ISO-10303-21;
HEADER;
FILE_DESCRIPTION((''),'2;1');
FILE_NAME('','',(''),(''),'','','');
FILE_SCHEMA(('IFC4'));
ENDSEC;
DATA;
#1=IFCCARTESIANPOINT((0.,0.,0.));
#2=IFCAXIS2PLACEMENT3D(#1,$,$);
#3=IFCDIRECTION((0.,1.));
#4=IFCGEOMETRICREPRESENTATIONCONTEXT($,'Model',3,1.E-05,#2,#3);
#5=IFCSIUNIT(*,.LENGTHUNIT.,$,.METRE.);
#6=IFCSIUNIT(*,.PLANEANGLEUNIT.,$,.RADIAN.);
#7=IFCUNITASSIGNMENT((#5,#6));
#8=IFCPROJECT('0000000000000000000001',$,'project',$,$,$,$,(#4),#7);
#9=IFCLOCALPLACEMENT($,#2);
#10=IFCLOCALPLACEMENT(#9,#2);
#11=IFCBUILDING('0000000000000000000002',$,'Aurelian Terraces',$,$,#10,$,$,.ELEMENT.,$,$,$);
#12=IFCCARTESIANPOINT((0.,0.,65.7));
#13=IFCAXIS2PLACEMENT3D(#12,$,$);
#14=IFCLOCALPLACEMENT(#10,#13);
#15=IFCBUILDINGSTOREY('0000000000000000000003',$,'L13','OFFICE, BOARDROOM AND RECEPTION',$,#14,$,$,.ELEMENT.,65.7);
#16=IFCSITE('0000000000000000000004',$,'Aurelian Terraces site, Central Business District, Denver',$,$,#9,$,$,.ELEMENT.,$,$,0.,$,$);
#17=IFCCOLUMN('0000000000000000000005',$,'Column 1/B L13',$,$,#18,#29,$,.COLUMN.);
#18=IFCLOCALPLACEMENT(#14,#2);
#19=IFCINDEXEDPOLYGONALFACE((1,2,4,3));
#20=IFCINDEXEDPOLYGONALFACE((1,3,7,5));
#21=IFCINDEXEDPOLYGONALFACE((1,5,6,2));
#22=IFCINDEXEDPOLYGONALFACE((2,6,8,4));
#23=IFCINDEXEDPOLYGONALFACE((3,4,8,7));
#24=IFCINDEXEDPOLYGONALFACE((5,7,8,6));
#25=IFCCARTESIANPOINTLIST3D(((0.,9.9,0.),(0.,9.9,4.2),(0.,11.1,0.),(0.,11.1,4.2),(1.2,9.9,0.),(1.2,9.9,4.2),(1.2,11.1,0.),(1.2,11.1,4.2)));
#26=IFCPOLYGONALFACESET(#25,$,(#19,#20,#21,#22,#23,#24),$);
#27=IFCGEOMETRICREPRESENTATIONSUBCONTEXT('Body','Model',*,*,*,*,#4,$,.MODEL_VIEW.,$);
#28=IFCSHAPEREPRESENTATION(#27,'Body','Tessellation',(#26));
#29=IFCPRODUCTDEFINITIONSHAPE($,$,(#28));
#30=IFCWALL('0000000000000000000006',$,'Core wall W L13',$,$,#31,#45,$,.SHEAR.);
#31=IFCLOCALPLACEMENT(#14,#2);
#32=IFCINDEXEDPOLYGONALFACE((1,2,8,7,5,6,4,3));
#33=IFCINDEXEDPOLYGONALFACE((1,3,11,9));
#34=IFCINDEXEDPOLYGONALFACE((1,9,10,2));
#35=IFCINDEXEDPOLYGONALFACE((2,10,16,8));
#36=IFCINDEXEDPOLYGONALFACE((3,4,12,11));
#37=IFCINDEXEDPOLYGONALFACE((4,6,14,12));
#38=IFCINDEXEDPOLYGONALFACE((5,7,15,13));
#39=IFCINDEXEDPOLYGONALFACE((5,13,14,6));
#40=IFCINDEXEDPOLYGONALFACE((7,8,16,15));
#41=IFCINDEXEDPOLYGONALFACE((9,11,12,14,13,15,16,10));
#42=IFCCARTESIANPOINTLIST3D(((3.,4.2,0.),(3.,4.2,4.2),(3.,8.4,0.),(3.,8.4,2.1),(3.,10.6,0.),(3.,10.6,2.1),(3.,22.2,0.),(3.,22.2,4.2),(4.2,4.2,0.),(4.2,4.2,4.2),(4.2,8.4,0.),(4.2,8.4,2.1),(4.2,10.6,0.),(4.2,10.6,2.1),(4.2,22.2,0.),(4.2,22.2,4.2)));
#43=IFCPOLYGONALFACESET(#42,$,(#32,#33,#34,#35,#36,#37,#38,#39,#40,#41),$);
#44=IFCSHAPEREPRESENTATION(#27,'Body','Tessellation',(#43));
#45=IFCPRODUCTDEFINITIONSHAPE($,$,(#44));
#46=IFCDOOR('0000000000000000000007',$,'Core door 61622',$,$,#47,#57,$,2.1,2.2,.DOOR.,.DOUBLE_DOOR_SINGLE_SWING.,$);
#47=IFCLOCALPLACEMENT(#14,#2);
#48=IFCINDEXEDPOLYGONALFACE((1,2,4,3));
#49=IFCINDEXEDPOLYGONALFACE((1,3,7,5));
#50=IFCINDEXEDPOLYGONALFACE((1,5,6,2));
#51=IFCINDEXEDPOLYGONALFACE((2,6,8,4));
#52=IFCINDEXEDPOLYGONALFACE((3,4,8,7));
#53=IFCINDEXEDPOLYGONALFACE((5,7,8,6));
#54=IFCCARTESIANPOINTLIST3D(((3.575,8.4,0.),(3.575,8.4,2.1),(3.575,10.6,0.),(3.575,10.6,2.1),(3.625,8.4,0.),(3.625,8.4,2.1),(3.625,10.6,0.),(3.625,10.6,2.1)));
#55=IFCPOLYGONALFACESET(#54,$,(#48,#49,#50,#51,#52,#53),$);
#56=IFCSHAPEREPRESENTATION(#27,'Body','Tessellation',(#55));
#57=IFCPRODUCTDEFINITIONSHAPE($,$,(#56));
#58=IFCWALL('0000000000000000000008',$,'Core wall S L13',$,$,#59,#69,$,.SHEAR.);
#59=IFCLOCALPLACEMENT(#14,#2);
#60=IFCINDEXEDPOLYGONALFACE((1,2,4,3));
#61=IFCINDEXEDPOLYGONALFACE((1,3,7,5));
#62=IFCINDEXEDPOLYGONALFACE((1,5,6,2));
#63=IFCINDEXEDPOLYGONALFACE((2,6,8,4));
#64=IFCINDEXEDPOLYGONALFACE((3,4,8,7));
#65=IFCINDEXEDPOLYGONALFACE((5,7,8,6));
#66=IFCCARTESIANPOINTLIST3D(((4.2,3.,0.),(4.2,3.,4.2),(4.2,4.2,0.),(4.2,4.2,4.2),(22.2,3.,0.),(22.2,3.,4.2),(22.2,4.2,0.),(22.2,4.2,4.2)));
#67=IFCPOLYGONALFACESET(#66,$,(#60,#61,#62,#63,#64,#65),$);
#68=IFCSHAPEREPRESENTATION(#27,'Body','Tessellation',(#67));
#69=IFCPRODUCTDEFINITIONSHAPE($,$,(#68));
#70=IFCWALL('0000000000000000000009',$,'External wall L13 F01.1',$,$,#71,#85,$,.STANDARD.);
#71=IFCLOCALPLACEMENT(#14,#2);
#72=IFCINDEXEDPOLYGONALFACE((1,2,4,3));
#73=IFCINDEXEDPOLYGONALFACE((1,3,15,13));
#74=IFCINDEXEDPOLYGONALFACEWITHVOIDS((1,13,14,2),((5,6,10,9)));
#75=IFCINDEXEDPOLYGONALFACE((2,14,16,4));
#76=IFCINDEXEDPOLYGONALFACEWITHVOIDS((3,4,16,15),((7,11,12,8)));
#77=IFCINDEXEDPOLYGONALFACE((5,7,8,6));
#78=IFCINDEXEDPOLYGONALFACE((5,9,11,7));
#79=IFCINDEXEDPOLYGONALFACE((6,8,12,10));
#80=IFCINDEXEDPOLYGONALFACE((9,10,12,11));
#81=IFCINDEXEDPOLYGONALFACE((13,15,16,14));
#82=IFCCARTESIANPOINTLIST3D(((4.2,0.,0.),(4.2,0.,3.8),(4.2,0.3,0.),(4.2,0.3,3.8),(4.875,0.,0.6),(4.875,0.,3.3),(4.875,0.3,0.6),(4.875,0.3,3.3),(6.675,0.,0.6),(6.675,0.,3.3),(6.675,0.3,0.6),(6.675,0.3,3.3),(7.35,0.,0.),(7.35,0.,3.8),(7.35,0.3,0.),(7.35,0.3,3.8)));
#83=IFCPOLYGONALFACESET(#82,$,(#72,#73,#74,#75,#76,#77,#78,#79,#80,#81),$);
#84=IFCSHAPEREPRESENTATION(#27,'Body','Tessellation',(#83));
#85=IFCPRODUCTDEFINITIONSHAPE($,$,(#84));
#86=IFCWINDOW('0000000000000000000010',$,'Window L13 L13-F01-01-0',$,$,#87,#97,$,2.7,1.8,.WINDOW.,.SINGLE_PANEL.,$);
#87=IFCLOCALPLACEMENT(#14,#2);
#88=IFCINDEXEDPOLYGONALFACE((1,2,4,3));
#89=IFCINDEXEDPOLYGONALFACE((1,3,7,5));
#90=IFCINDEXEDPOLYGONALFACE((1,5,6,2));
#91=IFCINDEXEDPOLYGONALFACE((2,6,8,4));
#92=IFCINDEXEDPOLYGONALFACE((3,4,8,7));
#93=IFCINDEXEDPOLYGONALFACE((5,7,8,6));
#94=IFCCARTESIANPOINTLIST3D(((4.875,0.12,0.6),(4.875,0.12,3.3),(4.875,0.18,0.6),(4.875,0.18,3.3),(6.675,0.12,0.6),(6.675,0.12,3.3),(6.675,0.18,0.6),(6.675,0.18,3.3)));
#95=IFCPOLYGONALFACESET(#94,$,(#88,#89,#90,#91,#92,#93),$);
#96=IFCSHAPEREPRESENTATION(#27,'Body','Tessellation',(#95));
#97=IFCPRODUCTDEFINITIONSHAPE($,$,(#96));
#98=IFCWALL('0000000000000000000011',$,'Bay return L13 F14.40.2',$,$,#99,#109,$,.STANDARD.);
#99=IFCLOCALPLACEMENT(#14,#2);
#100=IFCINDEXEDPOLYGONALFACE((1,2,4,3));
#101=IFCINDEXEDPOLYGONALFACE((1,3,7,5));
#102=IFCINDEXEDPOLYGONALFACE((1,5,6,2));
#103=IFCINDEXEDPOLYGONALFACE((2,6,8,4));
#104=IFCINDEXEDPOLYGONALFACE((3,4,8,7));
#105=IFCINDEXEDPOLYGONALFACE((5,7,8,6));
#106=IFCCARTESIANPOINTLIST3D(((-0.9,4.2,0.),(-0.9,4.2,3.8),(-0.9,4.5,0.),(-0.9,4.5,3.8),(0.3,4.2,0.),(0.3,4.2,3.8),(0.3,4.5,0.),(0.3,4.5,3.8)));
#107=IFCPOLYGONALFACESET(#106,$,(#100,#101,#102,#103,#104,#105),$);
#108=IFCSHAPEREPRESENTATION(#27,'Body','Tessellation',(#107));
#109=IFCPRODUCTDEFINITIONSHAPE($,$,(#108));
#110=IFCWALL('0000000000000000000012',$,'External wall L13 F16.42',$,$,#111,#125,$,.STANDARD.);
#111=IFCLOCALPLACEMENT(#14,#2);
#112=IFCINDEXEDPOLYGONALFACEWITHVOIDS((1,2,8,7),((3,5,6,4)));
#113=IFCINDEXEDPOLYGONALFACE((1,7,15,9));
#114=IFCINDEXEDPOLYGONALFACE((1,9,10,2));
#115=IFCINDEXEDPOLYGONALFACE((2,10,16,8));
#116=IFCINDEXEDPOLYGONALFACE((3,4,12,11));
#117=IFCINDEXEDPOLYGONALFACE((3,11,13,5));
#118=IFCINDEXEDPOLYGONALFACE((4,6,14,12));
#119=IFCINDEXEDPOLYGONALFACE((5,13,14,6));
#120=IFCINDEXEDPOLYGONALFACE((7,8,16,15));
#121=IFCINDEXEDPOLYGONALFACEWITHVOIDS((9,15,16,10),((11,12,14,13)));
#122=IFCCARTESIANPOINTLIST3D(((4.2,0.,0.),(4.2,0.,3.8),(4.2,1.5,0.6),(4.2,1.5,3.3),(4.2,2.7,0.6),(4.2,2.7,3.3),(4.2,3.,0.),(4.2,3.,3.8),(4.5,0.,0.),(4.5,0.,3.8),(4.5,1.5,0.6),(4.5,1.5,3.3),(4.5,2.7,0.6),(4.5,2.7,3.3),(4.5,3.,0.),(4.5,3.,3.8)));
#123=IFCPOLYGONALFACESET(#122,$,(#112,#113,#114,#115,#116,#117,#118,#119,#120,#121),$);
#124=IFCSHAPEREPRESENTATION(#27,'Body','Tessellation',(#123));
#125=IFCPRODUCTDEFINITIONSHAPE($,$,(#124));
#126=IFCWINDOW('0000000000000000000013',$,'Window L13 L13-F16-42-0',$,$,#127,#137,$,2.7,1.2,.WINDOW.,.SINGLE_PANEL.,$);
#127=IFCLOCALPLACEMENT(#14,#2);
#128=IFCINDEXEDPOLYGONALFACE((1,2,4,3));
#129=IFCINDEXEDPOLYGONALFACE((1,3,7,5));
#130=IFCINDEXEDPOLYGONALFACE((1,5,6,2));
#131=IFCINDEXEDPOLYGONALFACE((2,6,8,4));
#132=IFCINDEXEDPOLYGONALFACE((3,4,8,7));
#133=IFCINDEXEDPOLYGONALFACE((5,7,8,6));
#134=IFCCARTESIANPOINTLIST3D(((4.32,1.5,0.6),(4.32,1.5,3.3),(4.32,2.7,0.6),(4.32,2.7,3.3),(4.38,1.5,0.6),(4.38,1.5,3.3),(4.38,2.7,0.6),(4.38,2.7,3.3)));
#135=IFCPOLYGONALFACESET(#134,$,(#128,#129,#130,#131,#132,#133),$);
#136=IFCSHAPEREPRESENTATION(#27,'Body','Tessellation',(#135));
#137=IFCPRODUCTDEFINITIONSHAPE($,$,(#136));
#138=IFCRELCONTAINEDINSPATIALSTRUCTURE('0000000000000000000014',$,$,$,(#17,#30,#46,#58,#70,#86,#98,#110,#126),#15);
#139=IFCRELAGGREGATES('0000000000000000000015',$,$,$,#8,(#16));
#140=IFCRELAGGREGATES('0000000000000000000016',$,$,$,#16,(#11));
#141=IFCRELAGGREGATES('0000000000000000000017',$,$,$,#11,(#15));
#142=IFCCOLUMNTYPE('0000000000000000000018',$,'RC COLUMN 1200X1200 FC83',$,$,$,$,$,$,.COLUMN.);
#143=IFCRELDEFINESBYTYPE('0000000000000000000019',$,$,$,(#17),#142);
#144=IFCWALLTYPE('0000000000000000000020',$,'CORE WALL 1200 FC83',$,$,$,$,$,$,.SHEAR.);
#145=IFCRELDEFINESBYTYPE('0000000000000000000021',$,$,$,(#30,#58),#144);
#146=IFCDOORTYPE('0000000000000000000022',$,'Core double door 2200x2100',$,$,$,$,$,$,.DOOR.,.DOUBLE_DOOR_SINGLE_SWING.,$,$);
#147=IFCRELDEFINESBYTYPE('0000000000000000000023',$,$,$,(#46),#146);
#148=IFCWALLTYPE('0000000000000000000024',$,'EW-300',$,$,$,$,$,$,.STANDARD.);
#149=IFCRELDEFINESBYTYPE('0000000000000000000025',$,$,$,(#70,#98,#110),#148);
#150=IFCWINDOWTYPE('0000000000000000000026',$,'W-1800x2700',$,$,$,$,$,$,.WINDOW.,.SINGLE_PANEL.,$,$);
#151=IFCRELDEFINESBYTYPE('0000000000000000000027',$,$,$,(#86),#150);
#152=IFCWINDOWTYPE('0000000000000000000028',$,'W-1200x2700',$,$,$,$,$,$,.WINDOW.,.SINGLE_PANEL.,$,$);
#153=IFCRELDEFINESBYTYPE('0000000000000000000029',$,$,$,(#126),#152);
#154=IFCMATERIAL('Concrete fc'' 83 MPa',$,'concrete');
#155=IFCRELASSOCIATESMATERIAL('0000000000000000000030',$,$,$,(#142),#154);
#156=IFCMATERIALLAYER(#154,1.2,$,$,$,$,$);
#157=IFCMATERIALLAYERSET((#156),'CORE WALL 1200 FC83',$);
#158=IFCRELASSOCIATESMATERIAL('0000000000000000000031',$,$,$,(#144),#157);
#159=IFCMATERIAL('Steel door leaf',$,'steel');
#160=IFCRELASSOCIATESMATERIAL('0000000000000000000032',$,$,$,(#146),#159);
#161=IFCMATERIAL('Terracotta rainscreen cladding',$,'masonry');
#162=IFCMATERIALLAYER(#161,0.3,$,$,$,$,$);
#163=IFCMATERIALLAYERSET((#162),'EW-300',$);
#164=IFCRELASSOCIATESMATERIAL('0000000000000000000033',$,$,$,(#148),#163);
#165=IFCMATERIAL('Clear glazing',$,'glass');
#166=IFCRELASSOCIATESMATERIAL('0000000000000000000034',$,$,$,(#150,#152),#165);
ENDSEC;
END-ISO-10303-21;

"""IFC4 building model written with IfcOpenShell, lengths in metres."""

from ifc_helpers import new_model, si_unit, direction, frame, frame_2d, origin, origin_2d, place, context, subcontext, project, spatial, rectangle, extrude, source, transform, mapped, material, layer, layer_set, material_profile, profile_set, type_object, element, fill, save


model = new_model("IFC4")

# Units and contexts
model_context = context("Model", 3, precision=1e-05, world=origin(), true_north=direction((0.0, 1.0)))
body_context = subcontext(model_context, "Body", "Model", "MODEL_VIEW")
ifc_project = project(units=[si_unit("LENGTHUNIT", "METRE"), si_unit("PLANEANGLEUNIT", "RADIAN")], contexts=[model_context])

# Site, building, storey
site_placement = place(None, origin())
site = spatial("IfcSite", under=ifc_project, at=site_placement, Name="Aurelian Terraces site, Central Business District, Denver", CompositionType="ELEMENT", RefElevation=0.0)
building_placement = place(site_placement, origin())
building = spatial("IfcBuilding", under=site, at=building_placement, Name="Aurelian Terraces", CompositionType="ELEMENT")
storey_placement = place(building_placement, frame((0.0, 0.0, 65.7)))
storey = spatial("IfcBuildingStorey", under=building, at=storey_placement, Name="L13", Description="OFFICE, BOARDROOM AND RECEPTION", CompositionType="ELEMENT", Elevation=65.7)

# Column
ifc_material_1 = material(Name="Concrete fc' 83 MPa", Category="concrete")
ifc_material_profile = material_profile(ifc_material_1, rectangle(XDim=1.2, YDim=1.2, at=origin_2d()))
ifc_profile_set = profile_set([ifc_material_profile], Name="Concrete fc' 83 MPa")
column_type = type_object("IfcColumnType", Name="RC COLUMN 1200X1200 FC83", PredefinedType="COLUMN", material=ifc_profile_set)
shared_shape_1 = source(origin(), body_context, "Body", "SweptSolid", [
    extrude(rectangle(XDim=1.2, YDim=1.2, at=origin_2d()), origin(), (0.0, 0.0, 1.0), 4.2),
])
column_placement = place(storey_placement, frame((0.6, 10.5, 0.0), z_axis=(0.0, 0.0, 1.0), x_axis=(1.0, 0.0, 0.0)))
element("IfcColumn", 1, at=column_placement, inside=storey, type_object=column_type, Name="Column 1/B L13", PredefinedType="COLUMN", context=body_context, shape_type="MappedRepresentation", body=[
    mapped(shared_shape_1, transform((0.0, 0.0, 0.0), scale=1.0)),
])

# Wall, opening, door
ifc_layer_1 = layer(ifc_material_1, 1.2)
ifc_layer_set_1 = layer_set([ifc_layer_1], Name="CORE WALL 1200 FC83")
wall_type_1 = type_object("IfcWallType", Name="CORE WALL 1200 FC83", PredefinedType="SHEAR", material=ifc_layer_set_1)
shared_shape_2 = source(origin(), body_context, "Body", "SweptSolid", [
    extrude(rectangle(XDim=18.0, YDim=1.2, at=frame_2d((9.0, 0.0))), origin(), (0.0, 0.0, 1.0), 4.2),
])
wall_1_placement = place(storey_placement, frame((3.6, 4.2, 0.0), z_axis=(0.0, 0.0, 1.0), x_axis=(0.0, 1.0, 0.0)))
wall_1 = element("IfcWall", 2, at=wall_1_placement, inside=storey, type_object=wall_type_1, Name="Core wall W L13", PredefinedType="SHEAR", context=body_context, shape_type="MappedRepresentation", body=[
    mapped(shared_shape_2, transform((0.0, 0.0, 0.0), scale=1.0)),
])
shared_shape_3 = source(origin(), body_context, "Body", "SweptSolid", [
    extrude(rectangle(XDim=2.2, YDim=2.1, at=frame_2d((1.1, 1.05))), frame((0.0, 0.61, 0.0), z_axis=(0.0, -1.0, 0.0), x_axis=(1.0, 0.0, 0.0)), (0.0, 0.0, 1.0), 1.22),
])
opening_1_placement = place(wall_1_placement, frame((4.2, 0.0, 0.0)))
opening_1 = element("IfcOpeningElement", 3, at=opening_1_placement, cuts=wall_1, PredefinedType="OPENING", context=body_context, shape_type="MappedRepresentation", body=[
    mapped(shared_shape_3, transform((0.0, 0.0, 0.0), scale=1.0)),
])
ifc_material_2 = material(Name="Steel door leaf", Category="steel")
door_type_1 = type_object("IfcDoorType", Name="Core double door 2200x2100", OperationType="DOUBLE_DOOR_SINGLE_SWING", PredefinedType="DOOR", material=ifc_material_2)
shared_shape_4 = source(origin(), body_context, "Body", "SweptSolid", [
    extrude(rectangle(XDim=2.2, YDim=2.1, at=frame_2d((1.1, 1.05))), frame((0.0, 0.025, 0.0), z_axis=(0.0, -1.0, 0.0), x_axis=(1.0, 0.0, 0.0)), (0.0, 0.0, 1.0), 0.05),
])
door_1_placement = place(opening_1_placement, origin())
door_1 = element("IfcDoor", 4, at=door_1_placement, inside=storey, type_object=door_type_1, Name="Core door 61622", OperationType="DOUBLE_DOOR_SINGLE_SWING", OverallHeight=2.1, OverallWidth=2.2, PredefinedType="DOOR", context=body_context, shape_type="MappedRepresentation", body=[
    mapped(shared_shape_4, transform((0.0, 0.0, 0.0), scale=1.0)),
])
fill(opening_1, door_1)

# Wall
wall_2_placement = place(storey_placement, frame((4.2, 3.6, 0.0), z_axis=(0.0, 0.0, 1.0), x_axis=(1.0, 0.0, 0.0)))
element("IfcWall", 5, at=wall_2_placement, inside=storey, type_object=wall_type_1, Name="Core wall S L13", PredefinedType="SHEAR", context=body_context, shape_type="MappedRepresentation", body=[
    mapped(shared_shape_2, transform((0.0, 0.0, 0.0), scale=1.0)),
])

# Wall, opening, window
ifc_material_3 = material(Name="Terracotta rainscreen cladding", Category="masonry")
ifc_layer_2 = layer(ifc_material_3, 0.3)
ifc_layer_set_2 = layer_set([ifc_layer_2], Name="EW-300")
wall_type_2 = type_object("IfcWallType", Name="EW-300", PredefinedType="STANDARD", material=ifc_layer_set_2)
shared_shape_5 = source(origin(), body_context, "Body", "SweptSolid", [
    extrude(rectangle(XDim=3.15, YDim=0.3, at=frame_2d((1.575, 0.0))), origin(), (0.0, 0.0, 1.0), 3.8),
])
wall_3_placement = place(storey_placement, frame((4.2, 0.15, 0.0), z_axis=(0.0, 0.0, 1.0), x_axis=(1.0, 0.0, 0.0)))
wall_3 = element("IfcWall", 6, at=wall_3_placement, inside=storey, type_object=wall_type_2, Name="External wall L13 F01.1", PredefinedType="STANDARD", context=body_context, shape_type="MappedRepresentation", body=[
    mapped(shared_shape_5, transform((0.0, 0.0, 0.0), scale=1.0)),
])
shared_shape_6 = source(origin(), body_context, "Body", "SweptSolid", [
    extrude(rectangle(XDim=1.8, YDim=2.7, at=frame_2d((0.9, 1.35))), frame((0.0, 0.16, 0.0), z_axis=(0.0, -1.0, 0.0), x_axis=(1.0, 0.0, 0.0)), (0.0, 0.0, 1.0), 0.32),
])
opening_2_placement = place(wall_3_placement, frame((0.675, 0.0, 0.6)))
opening_2 = element("IfcOpeningElement", 7, at=opening_2_placement, cuts=wall_3, PredefinedType="OPENING", context=body_context, shape_type="MappedRepresentation", body=[
    mapped(shared_shape_6, transform((0.0, 0.0, 0.0), scale=1.0)),
])
ifc_material_4 = material(Name="Clear glazing", Category="glass")
window_type_1 = type_object("IfcWindowType", Name="W-1800x2700", PartitioningType="SINGLE_PANEL", PredefinedType="WINDOW", material=ifc_material_4)
shared_shape_7 = source(origin(), body_context, "Body", "SweptSolid", [
    extrude(rectangle(XDim=1.8, YDim=2.7, at=frame_2d((0.9, 1.35))), frame((0.0, 0.03, 0.0), z_axis=(0.0, -1.0, 0.0), x_axis=(1.0, 0.0, 0.0)), (0.0, 0.0, 1.0), 0.06),
])
window_1_placement = place(opening_2_placement, origin())
window_1 = element("IfcWindow", 8, at=window_1_placement, inside=storey, type_object=window_type_1, Name="Window L13 L13-F01-01-0", OverallHeight=2.7, OverallWidth=1.8, PartitioningType="SINGLE_PANEL", PredefinedType="WINDOW", context=body_context, shape_type="MappedRepresentation", body=[
    mapped(shared_shape_7, transform((0.0, 0.0, 0.0), scale=1.0)),
])
fill(opening_2, window_1)

# Wall
shared_shape_8 = source(origin(), body_context, "Body", "SweptSolid", [
    extrude(rectangle(XDim=1.2, YDim=0.3, at=frame_2d((0.6, 0.0))), origin(), (0.0, 0.0, 1.0), 3.8),
])
wall_4_placement = place(storey_placement, frame((0.3, 4.35, 0.0), z_axis=(0.0, 0.0, 1.0), x_axis=(-1.0, 0.0, 0.0)))
element("IfcWall", 9, at=wall_4_placement, inside=storey, type_object=wall_type_2, Name="Bay return L13 F14.40.2", PredefinedType="STANDARD", context=body_context, shape_type="MappedRepresentation", body=[
    mapped(shared_shape_8, transform((0.0, 0.0, 0.0), scale=1.0)),
])

# Wall, opening, window
shared_shape_9 = source(origin(), body_context, "Body", "SweptSolid", [
    extrude(rectangle(XDim=3.0, YDim=0.3, at=frame_2d((1.5, 0.0))), origin(), (0.0, 0.0, 1.0), 3.8),
])
wall_5_placement = place(storey_placement, frame((4.35, 3.0, 0.0), z_axis=(0.0, 0.0, 1.0), x_axis=(0.0, -1.0, 0.0)))
wall_5 = element("IfcWall", 10, at=wall_5_placement, inside=storey, type_object=wall_type_2, Name="External wall L13 F16.42", PredefinedType="STANDARD", context=body_context, shape_type="MappedRepresentation", body=[
    mapped(shared_shape_9, transform((0.0, 0.0, 0.0), scale=1.0)),
])
shared_shape_10 = source(origin(), body_context, "Body", "SweptSolid", [
    extrude(rectangle(XDim=1.2, YDim=2.7, at=frame_2d((0.6, 1.35))), frame((0.0, 0.16, 0.0), z_axis=(0.0, -1.0, 0.0), x_axis=(1.0, 0.0, 0.0)), (0.0, 0.0, 1.0), 0.32),
])
opening_3_placement = place(wall_5_placement, frame((0.3, 0.0, 0.6)))
opening_3 = element("IfcOpeningElement", 11, at=opening_3_placement, cuts=wall_5, PredefinedType="OPENING", context=body_context, shape_type="MappedRepresentation", body=[
    mapped(shared_shape_10, transform((0.0, 0.0, 0.0), scale=1.0)),
])
window_type_2 = type_object("IfcWindowType", Name="W-1200x2700", PartitioningType="SINGLE_PANEL", PredefinedType="WINDOW", material=ifc_material_4)
shared_shape_11 = source(origin(), body_context, "Body", "SweptSolid", [
    extrude(rectangle(XDim=1.2, YDim=2.7, at=frame_2d((0.6, 1.35))), frame((0.0, 0.03, 0.0), z_axis=(0.0, -1.0, 0.0), x_axis=(1.0, 0.0, 0.0)), (0.0, 0.0, 1.0), 0.06),
])
window_2_placement = place(opening_3_placement, origin())
window_2 = element("IfcWindow", 12, at=window_2_placement, inside=storey, type_object=window_type_2, Name="Window L13 L13-F16-42-0", OverallHeight=2.7, OverallWidth=1.2, PartitioningType="SINGLE_PANEL", PredefinedType="WINDOW", context=body_context, shape_type="MappedRepresentation", body=[
    mapped(shared_shape_11, transform((0.0, 0.0, 0.0), scale=1.0)),
])
fill(opening_3, window_2)

save(model, "model.ifc")
